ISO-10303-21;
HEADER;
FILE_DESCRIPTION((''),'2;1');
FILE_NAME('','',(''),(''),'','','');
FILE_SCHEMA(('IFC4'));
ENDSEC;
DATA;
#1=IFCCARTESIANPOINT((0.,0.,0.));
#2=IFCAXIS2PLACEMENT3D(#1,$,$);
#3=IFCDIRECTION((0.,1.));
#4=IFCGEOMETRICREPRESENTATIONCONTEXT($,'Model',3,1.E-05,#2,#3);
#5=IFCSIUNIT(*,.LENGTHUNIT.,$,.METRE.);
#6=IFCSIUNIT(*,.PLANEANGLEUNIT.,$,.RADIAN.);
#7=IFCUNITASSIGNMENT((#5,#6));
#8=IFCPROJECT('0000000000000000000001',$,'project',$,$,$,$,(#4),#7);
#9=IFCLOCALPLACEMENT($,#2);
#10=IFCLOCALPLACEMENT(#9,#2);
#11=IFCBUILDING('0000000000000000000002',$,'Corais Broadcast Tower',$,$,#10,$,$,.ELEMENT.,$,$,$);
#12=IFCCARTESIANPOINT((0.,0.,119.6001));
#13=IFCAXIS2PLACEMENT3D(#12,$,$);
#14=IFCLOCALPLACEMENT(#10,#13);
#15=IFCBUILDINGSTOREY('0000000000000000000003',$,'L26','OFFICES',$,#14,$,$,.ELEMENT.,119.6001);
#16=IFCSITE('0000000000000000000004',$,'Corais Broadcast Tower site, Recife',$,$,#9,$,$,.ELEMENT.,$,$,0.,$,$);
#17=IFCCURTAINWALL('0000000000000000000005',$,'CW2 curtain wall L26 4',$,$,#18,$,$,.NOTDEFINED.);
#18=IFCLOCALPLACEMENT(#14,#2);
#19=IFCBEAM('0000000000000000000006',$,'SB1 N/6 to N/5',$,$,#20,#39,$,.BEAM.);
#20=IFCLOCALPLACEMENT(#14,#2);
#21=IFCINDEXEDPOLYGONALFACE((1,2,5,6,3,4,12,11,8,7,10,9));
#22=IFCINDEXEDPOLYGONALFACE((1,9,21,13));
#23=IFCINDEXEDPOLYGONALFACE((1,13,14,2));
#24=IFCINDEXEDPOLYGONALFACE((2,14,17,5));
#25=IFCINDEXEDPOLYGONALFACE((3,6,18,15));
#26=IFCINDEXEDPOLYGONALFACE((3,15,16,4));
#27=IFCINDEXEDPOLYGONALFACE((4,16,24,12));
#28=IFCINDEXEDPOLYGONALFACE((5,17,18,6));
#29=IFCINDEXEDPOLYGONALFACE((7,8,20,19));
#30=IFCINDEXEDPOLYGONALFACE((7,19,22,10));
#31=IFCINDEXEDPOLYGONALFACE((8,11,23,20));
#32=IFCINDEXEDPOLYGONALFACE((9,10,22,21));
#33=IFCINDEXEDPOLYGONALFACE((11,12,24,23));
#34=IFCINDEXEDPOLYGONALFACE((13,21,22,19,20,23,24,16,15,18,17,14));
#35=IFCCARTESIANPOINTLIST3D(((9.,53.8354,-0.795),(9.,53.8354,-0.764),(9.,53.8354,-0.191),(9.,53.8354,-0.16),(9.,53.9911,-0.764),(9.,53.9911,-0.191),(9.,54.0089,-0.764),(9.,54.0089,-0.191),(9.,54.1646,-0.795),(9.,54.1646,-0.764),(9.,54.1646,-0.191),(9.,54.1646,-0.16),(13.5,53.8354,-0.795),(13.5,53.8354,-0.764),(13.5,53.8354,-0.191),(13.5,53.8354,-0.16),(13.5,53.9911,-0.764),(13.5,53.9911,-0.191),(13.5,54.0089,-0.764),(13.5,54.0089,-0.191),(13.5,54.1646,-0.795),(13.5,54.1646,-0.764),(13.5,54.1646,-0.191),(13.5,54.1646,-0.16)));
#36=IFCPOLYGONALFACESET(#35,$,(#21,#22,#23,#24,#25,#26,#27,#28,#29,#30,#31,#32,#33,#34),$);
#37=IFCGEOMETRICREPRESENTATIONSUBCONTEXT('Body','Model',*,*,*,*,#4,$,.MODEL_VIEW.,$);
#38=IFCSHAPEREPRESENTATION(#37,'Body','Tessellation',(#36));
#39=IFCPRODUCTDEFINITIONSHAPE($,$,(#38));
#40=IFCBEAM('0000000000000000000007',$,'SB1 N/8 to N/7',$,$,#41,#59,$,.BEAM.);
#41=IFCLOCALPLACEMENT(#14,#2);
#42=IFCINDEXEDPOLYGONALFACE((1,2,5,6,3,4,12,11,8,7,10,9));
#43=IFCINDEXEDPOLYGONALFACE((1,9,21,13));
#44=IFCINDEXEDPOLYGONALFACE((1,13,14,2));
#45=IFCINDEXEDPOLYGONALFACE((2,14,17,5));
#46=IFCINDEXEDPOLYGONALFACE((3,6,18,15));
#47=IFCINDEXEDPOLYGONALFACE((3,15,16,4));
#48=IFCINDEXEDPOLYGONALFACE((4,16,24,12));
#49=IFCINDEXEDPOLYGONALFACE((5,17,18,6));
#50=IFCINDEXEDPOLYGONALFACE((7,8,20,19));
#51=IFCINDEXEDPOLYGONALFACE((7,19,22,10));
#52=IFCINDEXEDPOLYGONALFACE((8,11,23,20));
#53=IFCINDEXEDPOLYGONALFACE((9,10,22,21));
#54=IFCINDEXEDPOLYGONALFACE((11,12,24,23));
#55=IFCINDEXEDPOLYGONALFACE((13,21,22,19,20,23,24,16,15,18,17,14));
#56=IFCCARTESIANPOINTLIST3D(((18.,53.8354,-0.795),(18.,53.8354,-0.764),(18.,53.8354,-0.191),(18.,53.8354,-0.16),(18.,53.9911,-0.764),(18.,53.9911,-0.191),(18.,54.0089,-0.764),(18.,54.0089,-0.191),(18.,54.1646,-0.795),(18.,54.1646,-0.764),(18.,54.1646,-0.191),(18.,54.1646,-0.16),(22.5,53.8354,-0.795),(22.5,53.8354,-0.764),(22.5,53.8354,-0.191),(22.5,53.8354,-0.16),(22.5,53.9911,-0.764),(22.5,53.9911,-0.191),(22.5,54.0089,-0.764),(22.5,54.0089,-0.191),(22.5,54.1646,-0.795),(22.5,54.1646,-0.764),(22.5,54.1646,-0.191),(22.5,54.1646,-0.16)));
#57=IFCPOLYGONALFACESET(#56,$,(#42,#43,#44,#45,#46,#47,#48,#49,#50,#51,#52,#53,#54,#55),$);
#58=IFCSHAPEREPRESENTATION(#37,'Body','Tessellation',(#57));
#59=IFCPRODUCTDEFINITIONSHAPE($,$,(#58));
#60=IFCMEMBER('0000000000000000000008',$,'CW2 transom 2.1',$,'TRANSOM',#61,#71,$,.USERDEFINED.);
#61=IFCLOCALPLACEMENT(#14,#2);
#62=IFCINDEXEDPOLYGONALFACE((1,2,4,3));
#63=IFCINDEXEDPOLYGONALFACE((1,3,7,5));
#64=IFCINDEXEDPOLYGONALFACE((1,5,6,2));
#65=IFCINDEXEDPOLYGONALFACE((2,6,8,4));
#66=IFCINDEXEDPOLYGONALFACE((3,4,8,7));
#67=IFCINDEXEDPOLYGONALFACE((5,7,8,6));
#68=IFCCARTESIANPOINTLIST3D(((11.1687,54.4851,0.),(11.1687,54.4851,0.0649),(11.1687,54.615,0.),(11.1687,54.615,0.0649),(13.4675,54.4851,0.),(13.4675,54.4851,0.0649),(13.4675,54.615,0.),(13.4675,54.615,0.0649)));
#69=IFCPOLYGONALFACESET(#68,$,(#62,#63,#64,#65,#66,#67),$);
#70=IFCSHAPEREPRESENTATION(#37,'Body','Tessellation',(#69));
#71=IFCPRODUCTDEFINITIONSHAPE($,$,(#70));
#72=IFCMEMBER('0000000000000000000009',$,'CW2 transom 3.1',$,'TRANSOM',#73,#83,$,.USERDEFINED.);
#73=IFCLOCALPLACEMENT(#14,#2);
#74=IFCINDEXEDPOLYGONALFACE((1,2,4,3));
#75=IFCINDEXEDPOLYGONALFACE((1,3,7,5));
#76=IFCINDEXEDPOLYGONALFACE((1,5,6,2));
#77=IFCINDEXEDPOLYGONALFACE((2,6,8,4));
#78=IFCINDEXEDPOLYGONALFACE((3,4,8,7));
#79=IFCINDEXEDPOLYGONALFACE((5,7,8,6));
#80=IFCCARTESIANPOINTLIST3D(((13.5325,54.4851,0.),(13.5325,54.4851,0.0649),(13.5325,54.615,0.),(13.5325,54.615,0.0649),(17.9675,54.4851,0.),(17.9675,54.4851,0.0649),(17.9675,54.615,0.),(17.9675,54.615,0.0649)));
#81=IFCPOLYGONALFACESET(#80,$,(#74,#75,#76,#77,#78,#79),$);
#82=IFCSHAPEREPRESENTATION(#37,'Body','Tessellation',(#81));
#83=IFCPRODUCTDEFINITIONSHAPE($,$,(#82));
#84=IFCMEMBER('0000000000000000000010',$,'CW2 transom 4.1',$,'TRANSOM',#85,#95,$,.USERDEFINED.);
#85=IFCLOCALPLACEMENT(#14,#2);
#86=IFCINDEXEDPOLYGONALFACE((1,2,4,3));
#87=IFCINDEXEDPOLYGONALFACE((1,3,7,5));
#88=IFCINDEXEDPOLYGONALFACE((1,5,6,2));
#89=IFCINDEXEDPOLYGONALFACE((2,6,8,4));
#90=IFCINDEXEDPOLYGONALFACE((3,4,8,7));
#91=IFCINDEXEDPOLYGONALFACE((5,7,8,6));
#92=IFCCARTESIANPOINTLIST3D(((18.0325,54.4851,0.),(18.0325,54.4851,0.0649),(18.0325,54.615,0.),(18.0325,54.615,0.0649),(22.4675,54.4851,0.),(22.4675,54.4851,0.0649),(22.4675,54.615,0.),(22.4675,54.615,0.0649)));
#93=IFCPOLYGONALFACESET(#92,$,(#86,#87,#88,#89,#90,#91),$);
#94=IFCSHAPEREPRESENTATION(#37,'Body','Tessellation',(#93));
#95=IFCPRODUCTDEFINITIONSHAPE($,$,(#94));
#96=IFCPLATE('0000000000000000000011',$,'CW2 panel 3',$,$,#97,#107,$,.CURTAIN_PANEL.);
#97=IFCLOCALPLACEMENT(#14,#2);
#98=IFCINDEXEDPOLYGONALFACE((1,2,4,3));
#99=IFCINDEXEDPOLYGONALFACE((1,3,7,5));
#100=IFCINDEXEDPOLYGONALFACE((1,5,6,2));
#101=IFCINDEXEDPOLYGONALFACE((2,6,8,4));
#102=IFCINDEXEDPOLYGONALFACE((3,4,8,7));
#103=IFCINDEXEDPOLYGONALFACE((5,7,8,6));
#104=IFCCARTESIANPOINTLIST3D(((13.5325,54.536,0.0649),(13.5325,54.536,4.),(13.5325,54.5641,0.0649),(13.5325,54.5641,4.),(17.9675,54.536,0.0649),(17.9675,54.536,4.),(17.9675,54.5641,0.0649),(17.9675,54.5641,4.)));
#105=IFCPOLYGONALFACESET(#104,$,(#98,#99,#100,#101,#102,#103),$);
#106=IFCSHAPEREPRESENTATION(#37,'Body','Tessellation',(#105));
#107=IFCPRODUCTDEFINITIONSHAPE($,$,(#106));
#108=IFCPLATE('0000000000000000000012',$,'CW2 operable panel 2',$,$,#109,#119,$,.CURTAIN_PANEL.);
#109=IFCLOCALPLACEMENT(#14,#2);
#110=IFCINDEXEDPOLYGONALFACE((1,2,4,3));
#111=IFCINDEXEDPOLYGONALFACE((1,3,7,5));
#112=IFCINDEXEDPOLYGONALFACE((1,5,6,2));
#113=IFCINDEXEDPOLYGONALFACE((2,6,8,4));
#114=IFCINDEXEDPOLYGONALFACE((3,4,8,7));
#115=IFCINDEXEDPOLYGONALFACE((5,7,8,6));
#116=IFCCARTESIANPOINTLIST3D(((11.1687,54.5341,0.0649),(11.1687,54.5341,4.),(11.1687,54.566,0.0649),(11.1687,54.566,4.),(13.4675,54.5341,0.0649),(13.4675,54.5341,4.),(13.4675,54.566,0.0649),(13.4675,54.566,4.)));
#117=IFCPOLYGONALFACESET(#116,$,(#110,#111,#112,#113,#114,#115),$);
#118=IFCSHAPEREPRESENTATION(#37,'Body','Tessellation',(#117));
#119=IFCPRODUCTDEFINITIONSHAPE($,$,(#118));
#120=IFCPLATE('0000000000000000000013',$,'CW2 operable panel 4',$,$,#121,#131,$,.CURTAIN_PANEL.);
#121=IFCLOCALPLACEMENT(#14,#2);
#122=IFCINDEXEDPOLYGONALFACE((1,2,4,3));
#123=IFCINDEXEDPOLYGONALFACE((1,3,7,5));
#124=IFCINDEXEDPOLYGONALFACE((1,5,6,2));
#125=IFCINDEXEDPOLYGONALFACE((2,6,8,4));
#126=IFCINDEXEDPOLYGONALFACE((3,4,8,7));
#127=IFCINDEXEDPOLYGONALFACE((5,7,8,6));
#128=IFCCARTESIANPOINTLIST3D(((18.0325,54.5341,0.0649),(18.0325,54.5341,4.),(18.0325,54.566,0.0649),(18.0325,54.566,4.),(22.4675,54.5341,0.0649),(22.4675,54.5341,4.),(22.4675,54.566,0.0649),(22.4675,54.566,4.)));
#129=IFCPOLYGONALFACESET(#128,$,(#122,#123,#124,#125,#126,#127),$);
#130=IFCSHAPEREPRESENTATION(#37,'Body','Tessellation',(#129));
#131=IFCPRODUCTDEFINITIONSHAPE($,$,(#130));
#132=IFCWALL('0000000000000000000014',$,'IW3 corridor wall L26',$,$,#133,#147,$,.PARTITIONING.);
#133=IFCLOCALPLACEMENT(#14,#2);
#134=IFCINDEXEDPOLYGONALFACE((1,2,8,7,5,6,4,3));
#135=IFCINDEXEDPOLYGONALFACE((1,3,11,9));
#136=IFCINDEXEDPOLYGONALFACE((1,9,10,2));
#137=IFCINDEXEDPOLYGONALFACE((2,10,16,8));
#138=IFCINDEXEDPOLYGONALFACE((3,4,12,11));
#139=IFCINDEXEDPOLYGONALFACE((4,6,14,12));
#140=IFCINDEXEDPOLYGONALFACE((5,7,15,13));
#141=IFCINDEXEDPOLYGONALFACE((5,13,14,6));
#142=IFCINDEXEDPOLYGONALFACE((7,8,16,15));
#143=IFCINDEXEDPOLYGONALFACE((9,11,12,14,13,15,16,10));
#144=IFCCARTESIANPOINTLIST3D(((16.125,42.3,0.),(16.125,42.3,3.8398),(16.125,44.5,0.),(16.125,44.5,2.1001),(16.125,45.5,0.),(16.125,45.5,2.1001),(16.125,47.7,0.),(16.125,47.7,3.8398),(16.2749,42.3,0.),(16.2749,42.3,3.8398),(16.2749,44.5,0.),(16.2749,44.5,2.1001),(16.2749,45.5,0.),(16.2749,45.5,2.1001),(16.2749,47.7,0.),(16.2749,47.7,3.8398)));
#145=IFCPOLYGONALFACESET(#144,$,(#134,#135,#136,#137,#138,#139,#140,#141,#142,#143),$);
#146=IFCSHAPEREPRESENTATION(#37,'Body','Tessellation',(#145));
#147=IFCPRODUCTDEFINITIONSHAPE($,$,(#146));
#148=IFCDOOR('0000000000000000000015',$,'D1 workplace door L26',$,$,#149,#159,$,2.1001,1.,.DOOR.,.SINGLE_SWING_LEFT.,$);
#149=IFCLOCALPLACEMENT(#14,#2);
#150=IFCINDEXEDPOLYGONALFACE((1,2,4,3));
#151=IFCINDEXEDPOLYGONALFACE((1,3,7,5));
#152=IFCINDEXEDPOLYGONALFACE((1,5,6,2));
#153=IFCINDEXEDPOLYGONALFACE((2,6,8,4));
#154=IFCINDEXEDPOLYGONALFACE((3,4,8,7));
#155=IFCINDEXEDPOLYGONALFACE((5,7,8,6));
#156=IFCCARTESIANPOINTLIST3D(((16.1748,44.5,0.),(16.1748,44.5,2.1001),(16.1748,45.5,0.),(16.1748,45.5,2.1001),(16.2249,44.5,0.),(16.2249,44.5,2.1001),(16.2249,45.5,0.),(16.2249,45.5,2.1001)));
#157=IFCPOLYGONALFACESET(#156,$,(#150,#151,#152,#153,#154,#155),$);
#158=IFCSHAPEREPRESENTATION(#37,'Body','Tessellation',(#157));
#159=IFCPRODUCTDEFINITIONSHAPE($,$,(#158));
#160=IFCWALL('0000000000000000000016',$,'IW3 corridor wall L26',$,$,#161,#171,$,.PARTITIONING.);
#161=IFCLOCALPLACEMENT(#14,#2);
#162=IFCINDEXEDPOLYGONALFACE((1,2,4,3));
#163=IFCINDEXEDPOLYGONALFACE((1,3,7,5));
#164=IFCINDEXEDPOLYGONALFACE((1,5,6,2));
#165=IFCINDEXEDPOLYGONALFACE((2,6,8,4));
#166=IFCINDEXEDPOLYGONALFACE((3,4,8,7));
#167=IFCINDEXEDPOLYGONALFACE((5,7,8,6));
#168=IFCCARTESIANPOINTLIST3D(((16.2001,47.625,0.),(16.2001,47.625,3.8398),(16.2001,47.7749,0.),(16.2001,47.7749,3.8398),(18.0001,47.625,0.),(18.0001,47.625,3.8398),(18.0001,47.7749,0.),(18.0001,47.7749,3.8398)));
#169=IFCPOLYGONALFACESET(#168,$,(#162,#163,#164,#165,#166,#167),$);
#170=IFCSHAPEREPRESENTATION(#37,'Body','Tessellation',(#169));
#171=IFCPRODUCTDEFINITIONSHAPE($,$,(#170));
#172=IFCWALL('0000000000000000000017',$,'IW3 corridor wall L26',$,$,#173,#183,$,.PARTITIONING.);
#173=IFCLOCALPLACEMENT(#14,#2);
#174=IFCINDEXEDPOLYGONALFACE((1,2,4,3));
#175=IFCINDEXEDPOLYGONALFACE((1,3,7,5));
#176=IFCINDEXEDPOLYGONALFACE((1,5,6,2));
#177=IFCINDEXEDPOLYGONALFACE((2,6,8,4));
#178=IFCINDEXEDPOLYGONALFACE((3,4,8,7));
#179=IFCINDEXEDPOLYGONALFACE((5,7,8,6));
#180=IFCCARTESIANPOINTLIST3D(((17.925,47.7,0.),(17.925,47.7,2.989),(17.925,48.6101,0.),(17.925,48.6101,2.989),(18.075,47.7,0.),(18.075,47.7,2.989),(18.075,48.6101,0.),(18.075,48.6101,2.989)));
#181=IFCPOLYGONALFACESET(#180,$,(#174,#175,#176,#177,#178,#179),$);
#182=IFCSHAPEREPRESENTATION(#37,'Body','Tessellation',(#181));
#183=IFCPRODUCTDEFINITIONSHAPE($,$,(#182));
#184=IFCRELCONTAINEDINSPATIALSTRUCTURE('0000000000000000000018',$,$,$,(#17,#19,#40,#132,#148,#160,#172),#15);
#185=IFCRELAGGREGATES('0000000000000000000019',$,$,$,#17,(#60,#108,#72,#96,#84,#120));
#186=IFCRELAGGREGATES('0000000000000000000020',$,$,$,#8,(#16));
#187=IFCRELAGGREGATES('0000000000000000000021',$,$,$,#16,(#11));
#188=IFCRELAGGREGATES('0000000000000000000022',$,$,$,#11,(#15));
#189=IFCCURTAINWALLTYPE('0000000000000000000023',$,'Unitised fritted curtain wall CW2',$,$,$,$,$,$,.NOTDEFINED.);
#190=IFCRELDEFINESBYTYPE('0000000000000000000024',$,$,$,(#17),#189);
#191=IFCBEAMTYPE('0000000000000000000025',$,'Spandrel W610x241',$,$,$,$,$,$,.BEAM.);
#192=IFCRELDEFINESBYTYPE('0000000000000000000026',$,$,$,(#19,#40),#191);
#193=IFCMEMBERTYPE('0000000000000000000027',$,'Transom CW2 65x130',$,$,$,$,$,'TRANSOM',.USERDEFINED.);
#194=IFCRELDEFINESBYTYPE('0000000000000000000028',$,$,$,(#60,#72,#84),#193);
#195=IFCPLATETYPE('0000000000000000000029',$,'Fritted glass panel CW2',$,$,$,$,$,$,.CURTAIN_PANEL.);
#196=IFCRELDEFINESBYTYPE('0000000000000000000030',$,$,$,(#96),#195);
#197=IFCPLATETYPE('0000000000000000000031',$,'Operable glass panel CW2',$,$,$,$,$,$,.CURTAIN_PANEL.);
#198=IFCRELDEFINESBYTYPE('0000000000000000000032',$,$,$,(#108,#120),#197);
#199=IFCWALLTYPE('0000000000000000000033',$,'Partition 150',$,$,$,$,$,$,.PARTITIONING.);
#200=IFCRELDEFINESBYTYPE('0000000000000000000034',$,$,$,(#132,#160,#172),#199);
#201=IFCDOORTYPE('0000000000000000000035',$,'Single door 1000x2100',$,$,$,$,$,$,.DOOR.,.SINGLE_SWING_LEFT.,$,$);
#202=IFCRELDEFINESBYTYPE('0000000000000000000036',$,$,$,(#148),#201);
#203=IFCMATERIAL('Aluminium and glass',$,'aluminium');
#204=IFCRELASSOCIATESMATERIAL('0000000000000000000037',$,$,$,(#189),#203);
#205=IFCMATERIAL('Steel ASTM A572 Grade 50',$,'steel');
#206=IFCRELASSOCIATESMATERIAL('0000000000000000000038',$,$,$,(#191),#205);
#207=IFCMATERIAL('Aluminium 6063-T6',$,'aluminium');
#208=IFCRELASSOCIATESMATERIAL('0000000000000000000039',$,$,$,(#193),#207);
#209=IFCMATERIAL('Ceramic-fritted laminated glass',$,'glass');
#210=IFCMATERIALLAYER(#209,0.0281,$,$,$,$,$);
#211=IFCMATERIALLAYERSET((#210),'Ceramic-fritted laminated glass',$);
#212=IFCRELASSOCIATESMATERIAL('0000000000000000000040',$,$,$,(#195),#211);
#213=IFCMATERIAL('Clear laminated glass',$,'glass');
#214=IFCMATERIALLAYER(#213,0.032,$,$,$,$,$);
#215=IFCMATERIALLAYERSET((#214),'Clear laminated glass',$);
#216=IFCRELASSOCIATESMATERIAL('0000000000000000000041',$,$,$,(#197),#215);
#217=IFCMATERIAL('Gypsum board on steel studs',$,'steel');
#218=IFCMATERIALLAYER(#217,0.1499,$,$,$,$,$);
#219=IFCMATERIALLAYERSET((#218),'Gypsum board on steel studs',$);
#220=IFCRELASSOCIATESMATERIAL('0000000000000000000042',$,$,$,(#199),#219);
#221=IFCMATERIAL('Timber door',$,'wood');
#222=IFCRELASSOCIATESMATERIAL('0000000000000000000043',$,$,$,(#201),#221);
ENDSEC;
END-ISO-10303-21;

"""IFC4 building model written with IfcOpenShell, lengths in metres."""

from ifc_helpers import new_model, si_unit, direction, frame, frame_2d, origin, origin_2d, place, context, subcontext, project, spatial, rectangle, i_section, extrude, material, layer, layer_set, material_profile, profile_set, type_object, element, fill, aggregate, save


model = new_model("IFC4")

# Units and contexts
model_context = context("Model", 3, precision=1e-05, world=origin(), true_north=direction((0.0, 1.0)))
body_context = subcontext(model_context, "Body", "Model", "MODEL_VIEW")
ifc_project = project(units=[si_unit("LENGTHUNIT", "METRE"), si_unit("PLANEANGLEUNIT", "RADIAN")], contexts=[model_context])

# Site, building, storey
site_placement = place(None, origin())
site = spatial("IfcSite", under=ifc_project, at=site_placement, Name="Corais Broadcast Tower site, Recife", CompositionType="ELEMENT", RefElevation=0.0)
building_placement = place(site_placement, origin())
building = spatial("IfcBuilding", under=site, at=building_placement, Name="Corais Broadcast Tower", CompositionType="ELEMENT")
storey_placement = place(building_placement, frame((0.0, 0.0, 119.6001)))
storey = spatial("IfcBuildingStorey", under=building, at=storey_placement, Name="L26", Description="OFFICES", CompositionType="ELEMENT", Elevation=119.6001)

# Curtain wall
ifc_material_1 = material(Name="Aluminium and glass", Category="aluminium")
curtain_wall_type = type_object("IfcCurtainWallType", Name="Unitised fritted curtain wall CW2", PredefinedType="NOTDEFINED", material=ifc_material_1)
curtain_wall_placement = place(storey_placement, origin())
curtain_wall = element("IfcCurtainWall", 1, at=curtain_wall_placement, inside=storey, type_object=curtain_wall_type, Name="CW2 curtain wall L26 4", PredefinedType="NOTDEFINED")

# Beams
ifc_material_2 = material(Name="Steel ASTM A572 Grade 50", Category="steel")
ifc_material_profile_1 = material_profile(ifc_material_2, i_section(OverallWidth=0.3291, OverallDepth=0.635, WebThickness=0.0178, FlangeThickness=0.031, at=origin_2d()), Name="W610x241")
ifc_profile_set_1 = profile_set([ifc_material_profile_1], Name="Steel ASTM A572 Grade 50")
beam_type_1 = type_object("IfcBeamType", Name="Spandrel W610x241", PredefinedType="BEAM", material=ifc_profile_set_1)
for number, where, z_axis, x_axis, name in (
    (2, (13.5, 54.0, -0.4775), (-1.0, 0.0, 0.0), (0.0, -1.0, 0.0), "SB1 N/6 to N/5"),
    (3, (22.5, 54.0, -0.4775), (-1.0, 0.0, 0.0), (0.0, -1.0, 0.0), "SB1 N/8 to N/7"),
):
    element("IfcBeam", number, at=place(storey_placement, frame(where, z_axis=z_axis, x_axis=x_axis)), inside=storey, type_object=beam_type_1, Name=name, PredefinedType="BEAM", context=body_context, shape_type="SweptSolid", body=[
        extrude(i_section(OverallWidth=0.3291, OverallDepth=0.635, WebThickness=0.0178, FlangeThickness=0.031, at=origin_2d()), origin(), (0.0, 0.0, 1.0), 4.5),
    ])

# Members
ifc_material_3 = material(Name="Aluminium 6063-T6", Category="aluminium")
ifc_material_profile_2 = material_profile(ifc_material_3, rectangle(XDim=0.1299, YDim=0.0649, at=origin_2d()), Name="Transom CW2 65x130")
ifc_profile_set_2 = profile_set([ifc_material_profile_2], Name="Aluminium 6063-T6")
member_type_1 = type_object("IfcMemberType", Name="Transom CW2 65x130", ElementType="TRANSOM", PredefinedType="USERDEFINED", material=ifc_profile_set_2)
member_1_placement = place(storey_placement, frame((11.1687, 54.55, 0.0325), z_axis=(1.0, 0.0, 0.0), x_axis=(0.0, 1.0, 0.0)))
member_1 = element("IfcMember", 4, at=member_1_placement, type_object=member_type_1, Name="CW2 transom 2.1", ObjectType="TRANSOM", PredefinedType="USERDEFINED", context=body_context, shape_type="SweptSolid", body=[
    extrude(rectangle(XDim=0.1299, YDim=0.0649, at=origin_2d()), origin(), (0.0, 0.0, 1.0), 2.2988),
])
member_2_placement = place(storey_placement, frame((13.5325, 54.55, 0.0325), z_axis=(1.0, 0.0, 0.0), x_axis=(0.0, 1.0, 0.0)))
member_2 = element("IfcMember", 5, at=member_2_placement, type_object=member_type_1, Name="CW2 transom 3.1", ObjectType="TRANSOM", PredefinedType="USERDEFINED", context=body_context, shape_type="SweptSolid", body=[
    extrude(rectangle(XDim=0.1299, YDim=0.0649, at=origin_2d()), origin(), (0.0, 0.0, 1.0), 4.4351),
])
member_3_placement = place(storey_placement, frame((18.0325, 54.55, 0.0325), z_axis=(1.0, 0.0, 0.0), x_axis=(0.0, 1.0, 0.0)))
member_3 = element("IfcMember", 6, at=member_3_placement, type_object=member_type_1, Name="CW2 transom 4.1", ObjectType="TRANSOM", PredefinedType="USERDEFINED", context=body_context, shape_type="SweptSolid", body=[
    extrude(rectangle(XDim=0.1299, YDim=0.0649, at=origin_2d()), origin(), (0.0, 0.0, 1.0), 4.4351),
])

# Plates
ifc_material_4 = material(Name="Ceramic-fritted laminated glass", Category="glass")
ifc_layer_1 = layer(ifc_material_4, 0.0281)
ifc_layer_set_1 = layer_set([ifc_layer_1], Name="Ceramic-fritted laminated glass")
plate_type_1 = type_object("IfcPlateType", Name="Fritted glass panel CW2", PredefinedType="CURTAIN_PANEL", material=ifc_layer_set_1)
plate_1_placement = place(storey_placement, frame((15.75, 54.55, 0.0649), z_axis=(0.0, 0.0, 1.0), x_axis=(1.0, 0.0, 0.0)))
plate_1 = element("IfcPlate", 7, at=plate_1_placement, type_object=plate_type_1, Name="CW2 panel 3", PredefinedType="CURTAIN_PANEL", context=body_context, shape_type="SweptSolid", body=[
    extrude(rectangle(XDim=4.4351, YDim=0.0281, at=origin_2d()), origin(), (0.0, 0.0, 1.0), 3.9351),
])
ifc_material_5 = material(Name="Clear laminated glass", Category="glass")
ifc_layer_2 = layer(ifc_material_5, 0.032)
ifc_layer_set_2 = layer_set([ifc_layer_2], Name="Clear laminated glass")
plate_type_2 = type_object("IfcPlateType", Name="Operable glass panel CW2", PredefinedType="CURTAIN_PANEL", material=ifc_layer_set_2)
plate_2_placement = place(storey_placement, frame((12.3181, 54.55, 0.0649), z_axis=(0.0, 0.0, 1.0), x_axis=(1.0, 0.0, 0.0)))
plate_2 = element("IfcPlate", 8, at=plate_2_placement, type_object=plate_type_2, Name="CW2 operable panel 2", PredefinedType="CURTAIN_PANEL", context=body_context, shape_type="SweptSolid", body=[
    extrude(rectangle(XDim=2.2988, YDim=0.032, at=origin_2d()), origin(), (0.0, 0.0, 1.0), 3.9351),
])
plate_3_placement = place(storey_placement, frame((20.25, 54.55, 0.0649), z_axis=(0.0, 0.0, 1.0), x_axis=(1.0, 0.0, 0.0)))
plate_3 = element("IfcPlate", 9, at=plate_3_placement, type_object=plate_type_2, Name="CW2 operable panel 4", PredefinedType="CURTAIN_PANEL", context=body_context, shape_type="SweptSolid", body=[
    extrude(rectangle(XDim=4.4351, YDim=0.032, at=origin_2d()), origin(), (0.0, 0.0, 1.0), 3.9351),
])
aggregate(curtain_wall, [member_1, plate_2, member_2, plate_1, member_3, plate_3])

# Wall, opening, door
ifc_material_6 = material(Name="Gypsum board on steel studs", Category="steel")
ifc_layer_3 = layer(ifc_material_6, 0.1499)
ifc_layer_set_3 = layer_set([ifc_layer_3], Name="Gypsum board on steel studs")
wall_type = type_object("IfcWallType", Name="Partition 150", PredefinedType="PARTITIONING", material=ifc_layer_set_3)
wall_1_placement = place(storey_placement, frame((16.2, 47.7, 0.0), z_axis=(0.0, 0.0, 1.0), x_axis=(0.0, -1.0, 0.0)))
wall_1 = element("IfcWall", 10, at=wall_1_placement, inside=storey, type_object=wall_type, Name="IW3 corridor wall L26", PredefinedType="PARTITIONING", context=body_context, shape_type="SweptSolid", body=[
    extrude(rectangle(XDim=5.3999, YDim=0.1499, at=frame_2d((2.7, 0.0))), origin(), (0.0, 0.0, 1.0), 3.8398),
])
opening_1_placement = place(wall_1_placement, frame((2.2, 0.0, 0.0)))
opening_1 = element("IfcOpeningElement", 11, at=opening_1_placement, cuts=wall_1, PredefinedType="OPENING", context=body_context, shape_type="SweptSolid", body=[
    extrude(rectangle(XDim=1.0, YDim=2.1001, at=frame_2d((0.5, 1.05))), frame((0.0, 0.085, 0.0), z_axis=(0.0, -1.0, 0.0), x_axis=(1.0, 0.0, 0.0)), (0.0, 0.0, 1.0), 0.1699),
])
ifc_material_7 = material(Name="Timber door", Category="wood")
door_type = type_object("IfcDoorType", Name="Single door 1000x2100", OperationType="SINGLE_SWING_LEFT", PredefinedType="DOOR", material=ifc_material_7)
door_1_placement = place(opening_1_placement, origin())
door_1 = element("IfcDoor", 12, at=door_1_placement, inside=storey, type_object=door_type, Name="D1 workplace door L26", OperationType="SINGLE_SWING_LEFT", OverallHeight=2.1001, OverallWidth=1.0, PredefinedType="DOOR", context=body_context, shape_type="SweptSolid", body=[
    extrude(rectangle(XDim=1.0, YDim=2.1001, at=frame_2d((0.5, 1.05))), frame((0.0, 0.0249, 0.0), z_axis=(0.0, -1.0, 0.0), x_axis=(1.0, 0.0, 0.0)), (0.0, 0.0, 1.0), 0.05),
])
fill(opening_1, door_1)

# Walls
wall_2_placement = place(storey_placement, frame((18.0, 47.7, 0.0), z_axis=(0.0, 0.0, 1.0), x_axis=(-1.0, 0.0, 0.0)))
element("IfcWall", 13, at=wall_2_placement, inside=storey, type_object=wall_type, Name="IW3 corridor wall L26", PredefinedType="PARTITIONING", context=body_context, shape_type="SweptSolid", body=[
    extrude(rectangle(XDim=1.8, YDim=0.1499, at=frame_2d((0.8999, 0.0))), origin(), (0.0, 0.0, 1.0), 3.8398),
])
wall_3_placement = place(storey_placement, frame((18.0, 48.6101, 0.0), z_axis=(0.0, 0.0, 1.0), x_axis=(0.0, -1.0, 0.0)))
element("IfcWall", 14, at=wall_3_placement, inside=storey, type_object=wall_type, Name="IW3 corridor wall L26", PredefinedType="PARTITIONING", context=body_context, shape_type="SweptSolid", body=[
    extrude(rectangle(XDim=0.9102, YDim=0.1499, at=frame_2d((0.4551, 0.0))), origin(), (0.0, 0.0, 1.0), 2.989),
])

save(model, "model.ifc")
